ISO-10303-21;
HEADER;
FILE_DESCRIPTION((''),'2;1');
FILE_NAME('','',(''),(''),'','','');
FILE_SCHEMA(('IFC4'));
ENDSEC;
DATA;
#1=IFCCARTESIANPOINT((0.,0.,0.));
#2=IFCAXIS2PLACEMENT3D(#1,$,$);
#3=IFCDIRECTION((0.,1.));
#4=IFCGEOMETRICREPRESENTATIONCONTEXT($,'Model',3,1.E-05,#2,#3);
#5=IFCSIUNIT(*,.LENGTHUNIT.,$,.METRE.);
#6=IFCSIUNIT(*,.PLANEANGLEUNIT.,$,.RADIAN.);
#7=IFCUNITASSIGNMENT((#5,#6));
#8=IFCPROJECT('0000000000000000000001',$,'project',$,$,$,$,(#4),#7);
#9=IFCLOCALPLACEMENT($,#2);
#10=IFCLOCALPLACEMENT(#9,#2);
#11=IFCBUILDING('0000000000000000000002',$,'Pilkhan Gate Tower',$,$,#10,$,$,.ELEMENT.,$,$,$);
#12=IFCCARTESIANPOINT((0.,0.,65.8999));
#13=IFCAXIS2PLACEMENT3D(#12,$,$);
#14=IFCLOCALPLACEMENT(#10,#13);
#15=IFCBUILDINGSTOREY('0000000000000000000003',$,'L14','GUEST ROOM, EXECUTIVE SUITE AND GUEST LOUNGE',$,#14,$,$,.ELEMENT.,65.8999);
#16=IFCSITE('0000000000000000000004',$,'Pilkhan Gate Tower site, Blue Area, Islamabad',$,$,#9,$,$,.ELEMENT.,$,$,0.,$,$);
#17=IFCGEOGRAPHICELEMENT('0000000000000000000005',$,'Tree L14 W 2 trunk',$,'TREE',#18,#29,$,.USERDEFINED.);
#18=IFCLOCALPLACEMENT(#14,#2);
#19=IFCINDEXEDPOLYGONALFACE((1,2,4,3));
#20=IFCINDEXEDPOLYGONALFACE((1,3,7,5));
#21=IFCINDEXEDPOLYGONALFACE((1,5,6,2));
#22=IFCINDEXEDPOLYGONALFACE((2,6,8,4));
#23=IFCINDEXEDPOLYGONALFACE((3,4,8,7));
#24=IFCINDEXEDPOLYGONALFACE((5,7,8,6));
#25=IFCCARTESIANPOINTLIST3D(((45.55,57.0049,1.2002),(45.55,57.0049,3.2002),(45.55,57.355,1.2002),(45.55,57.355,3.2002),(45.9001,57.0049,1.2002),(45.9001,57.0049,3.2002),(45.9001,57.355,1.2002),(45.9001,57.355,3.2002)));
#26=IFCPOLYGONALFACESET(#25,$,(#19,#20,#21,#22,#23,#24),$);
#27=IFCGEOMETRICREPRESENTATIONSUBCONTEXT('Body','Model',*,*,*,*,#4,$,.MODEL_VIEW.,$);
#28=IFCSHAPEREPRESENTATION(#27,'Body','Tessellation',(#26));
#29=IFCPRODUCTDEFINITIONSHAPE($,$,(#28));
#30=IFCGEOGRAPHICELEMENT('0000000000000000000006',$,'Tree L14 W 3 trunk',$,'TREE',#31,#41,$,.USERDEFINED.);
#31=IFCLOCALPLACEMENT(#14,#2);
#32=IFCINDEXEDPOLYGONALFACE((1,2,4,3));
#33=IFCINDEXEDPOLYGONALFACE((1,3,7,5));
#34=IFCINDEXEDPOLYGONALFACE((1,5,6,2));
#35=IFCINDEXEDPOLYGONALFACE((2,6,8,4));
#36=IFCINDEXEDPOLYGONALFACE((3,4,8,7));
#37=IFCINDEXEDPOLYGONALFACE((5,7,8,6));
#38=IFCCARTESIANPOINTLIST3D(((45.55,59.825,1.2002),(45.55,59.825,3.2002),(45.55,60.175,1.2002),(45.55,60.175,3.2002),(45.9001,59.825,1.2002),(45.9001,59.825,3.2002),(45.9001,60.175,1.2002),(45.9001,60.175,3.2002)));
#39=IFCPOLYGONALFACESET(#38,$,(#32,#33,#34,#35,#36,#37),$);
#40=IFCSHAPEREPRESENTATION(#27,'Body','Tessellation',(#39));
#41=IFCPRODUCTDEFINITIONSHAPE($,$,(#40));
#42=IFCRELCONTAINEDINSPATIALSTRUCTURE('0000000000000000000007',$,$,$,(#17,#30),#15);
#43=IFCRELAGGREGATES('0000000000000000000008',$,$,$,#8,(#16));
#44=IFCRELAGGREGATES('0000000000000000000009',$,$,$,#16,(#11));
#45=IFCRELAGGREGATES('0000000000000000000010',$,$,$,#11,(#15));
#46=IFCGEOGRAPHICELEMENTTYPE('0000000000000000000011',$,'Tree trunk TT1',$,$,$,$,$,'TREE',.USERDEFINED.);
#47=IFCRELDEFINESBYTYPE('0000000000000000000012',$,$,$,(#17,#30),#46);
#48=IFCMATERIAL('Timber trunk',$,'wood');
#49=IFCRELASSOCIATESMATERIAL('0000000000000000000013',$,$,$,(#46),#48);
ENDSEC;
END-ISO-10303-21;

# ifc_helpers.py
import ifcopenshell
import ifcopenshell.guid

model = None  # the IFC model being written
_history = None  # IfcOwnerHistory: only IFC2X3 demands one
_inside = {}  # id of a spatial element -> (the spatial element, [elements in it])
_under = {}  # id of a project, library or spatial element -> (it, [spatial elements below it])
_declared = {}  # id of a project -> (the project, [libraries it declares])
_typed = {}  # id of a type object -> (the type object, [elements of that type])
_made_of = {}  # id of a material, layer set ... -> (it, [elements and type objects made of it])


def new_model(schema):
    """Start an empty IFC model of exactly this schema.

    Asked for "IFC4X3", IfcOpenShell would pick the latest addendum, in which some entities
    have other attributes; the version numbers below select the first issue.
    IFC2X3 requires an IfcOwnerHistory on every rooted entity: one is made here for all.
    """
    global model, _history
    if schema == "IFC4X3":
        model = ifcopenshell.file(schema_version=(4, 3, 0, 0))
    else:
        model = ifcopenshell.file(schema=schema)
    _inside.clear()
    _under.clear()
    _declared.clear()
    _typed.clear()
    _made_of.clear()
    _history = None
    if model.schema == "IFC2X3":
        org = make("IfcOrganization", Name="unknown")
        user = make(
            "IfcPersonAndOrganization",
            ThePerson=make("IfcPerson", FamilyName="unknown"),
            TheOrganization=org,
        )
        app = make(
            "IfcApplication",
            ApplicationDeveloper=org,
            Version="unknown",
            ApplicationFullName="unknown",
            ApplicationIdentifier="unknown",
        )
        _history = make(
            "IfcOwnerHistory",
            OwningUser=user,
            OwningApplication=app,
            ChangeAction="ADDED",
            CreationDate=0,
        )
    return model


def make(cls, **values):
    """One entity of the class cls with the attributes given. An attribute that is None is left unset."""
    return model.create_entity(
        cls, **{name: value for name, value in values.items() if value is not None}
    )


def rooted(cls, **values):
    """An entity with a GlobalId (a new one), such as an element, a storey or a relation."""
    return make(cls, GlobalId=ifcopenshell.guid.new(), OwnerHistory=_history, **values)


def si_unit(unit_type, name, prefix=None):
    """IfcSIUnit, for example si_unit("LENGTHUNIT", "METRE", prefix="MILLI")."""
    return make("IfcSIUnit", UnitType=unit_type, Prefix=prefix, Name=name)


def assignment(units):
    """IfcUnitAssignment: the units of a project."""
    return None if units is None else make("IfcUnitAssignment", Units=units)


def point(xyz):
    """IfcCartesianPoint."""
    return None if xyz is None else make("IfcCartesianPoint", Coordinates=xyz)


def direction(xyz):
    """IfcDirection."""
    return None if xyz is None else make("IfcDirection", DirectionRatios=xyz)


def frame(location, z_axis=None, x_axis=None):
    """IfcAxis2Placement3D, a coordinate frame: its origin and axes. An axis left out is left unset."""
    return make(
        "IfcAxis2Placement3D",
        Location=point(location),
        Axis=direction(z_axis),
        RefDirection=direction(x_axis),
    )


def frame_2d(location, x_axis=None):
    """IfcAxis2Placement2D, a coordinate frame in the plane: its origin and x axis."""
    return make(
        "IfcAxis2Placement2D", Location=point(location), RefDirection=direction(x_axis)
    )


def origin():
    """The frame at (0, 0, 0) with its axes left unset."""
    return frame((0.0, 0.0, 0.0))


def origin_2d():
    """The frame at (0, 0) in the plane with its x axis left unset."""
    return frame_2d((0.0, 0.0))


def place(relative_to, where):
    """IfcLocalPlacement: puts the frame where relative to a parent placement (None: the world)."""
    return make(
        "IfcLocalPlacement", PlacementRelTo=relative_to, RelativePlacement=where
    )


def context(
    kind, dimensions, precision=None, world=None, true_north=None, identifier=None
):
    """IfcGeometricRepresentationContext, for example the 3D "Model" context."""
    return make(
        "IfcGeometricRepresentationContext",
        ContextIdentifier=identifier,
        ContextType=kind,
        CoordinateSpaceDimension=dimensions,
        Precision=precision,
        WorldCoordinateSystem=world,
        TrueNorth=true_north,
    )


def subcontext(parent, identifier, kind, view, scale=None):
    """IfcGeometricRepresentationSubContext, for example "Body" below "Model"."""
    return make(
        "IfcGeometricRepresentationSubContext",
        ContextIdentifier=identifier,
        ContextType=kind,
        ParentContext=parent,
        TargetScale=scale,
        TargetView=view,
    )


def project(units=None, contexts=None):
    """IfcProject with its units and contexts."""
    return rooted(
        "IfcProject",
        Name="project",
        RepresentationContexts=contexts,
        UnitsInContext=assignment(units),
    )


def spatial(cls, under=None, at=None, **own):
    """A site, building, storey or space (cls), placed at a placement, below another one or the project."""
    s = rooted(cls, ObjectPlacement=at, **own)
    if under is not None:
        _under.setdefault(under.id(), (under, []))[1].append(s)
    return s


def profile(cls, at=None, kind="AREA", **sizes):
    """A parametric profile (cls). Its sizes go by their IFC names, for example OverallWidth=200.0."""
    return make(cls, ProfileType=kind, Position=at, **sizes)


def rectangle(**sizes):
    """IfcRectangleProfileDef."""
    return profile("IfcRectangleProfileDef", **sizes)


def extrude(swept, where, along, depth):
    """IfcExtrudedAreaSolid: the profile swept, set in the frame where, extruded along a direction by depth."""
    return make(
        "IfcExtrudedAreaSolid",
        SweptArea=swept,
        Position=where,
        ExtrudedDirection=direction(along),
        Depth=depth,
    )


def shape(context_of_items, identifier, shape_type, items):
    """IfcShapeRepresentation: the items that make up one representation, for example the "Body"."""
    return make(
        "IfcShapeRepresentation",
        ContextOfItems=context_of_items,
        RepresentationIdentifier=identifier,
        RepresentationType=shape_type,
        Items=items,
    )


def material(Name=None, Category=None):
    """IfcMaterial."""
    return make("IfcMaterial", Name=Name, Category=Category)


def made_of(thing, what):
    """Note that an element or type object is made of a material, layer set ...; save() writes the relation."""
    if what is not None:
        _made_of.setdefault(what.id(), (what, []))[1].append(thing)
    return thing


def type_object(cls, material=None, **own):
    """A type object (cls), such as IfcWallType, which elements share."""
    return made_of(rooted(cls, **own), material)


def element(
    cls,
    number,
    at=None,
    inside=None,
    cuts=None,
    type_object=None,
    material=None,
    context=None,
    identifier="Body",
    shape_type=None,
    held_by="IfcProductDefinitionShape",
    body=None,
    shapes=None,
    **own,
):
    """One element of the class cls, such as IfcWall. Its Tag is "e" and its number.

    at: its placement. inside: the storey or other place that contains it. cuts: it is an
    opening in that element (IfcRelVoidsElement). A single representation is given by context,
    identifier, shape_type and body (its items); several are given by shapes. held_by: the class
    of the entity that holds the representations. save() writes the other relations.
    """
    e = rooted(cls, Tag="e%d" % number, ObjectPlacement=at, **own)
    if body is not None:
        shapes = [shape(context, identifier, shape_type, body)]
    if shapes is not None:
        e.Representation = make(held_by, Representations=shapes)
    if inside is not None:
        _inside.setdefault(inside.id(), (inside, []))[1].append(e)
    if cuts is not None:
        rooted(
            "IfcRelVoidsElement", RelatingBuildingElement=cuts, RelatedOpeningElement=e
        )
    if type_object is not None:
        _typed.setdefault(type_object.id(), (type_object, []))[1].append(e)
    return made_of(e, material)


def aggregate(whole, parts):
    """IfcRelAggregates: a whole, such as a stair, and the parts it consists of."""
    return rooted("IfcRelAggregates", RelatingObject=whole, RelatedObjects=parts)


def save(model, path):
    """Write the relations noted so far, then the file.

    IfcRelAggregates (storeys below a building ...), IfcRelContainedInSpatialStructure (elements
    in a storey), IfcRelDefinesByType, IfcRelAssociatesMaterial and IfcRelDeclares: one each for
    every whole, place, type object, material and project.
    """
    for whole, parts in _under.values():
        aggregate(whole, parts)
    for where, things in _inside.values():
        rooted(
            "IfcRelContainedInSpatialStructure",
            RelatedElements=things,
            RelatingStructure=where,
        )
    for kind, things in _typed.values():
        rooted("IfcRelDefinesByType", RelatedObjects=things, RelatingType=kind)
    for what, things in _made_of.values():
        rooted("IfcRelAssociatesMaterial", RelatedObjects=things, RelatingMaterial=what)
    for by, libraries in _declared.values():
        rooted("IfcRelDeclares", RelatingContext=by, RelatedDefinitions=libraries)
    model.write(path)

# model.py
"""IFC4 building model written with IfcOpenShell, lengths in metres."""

from ifc_helpers import new_model, si_unit, direction, frame, origin, origin_2d, place, context, subcontext, project, spatial, rectangle, extrude, material, type_object, element, save


model = new_model("IFC4")

# Units and contexts
model_context = context("Model", 3, precision=1e-05, world=origin(), true_north=direction((0.0, 1.0)))
body_context = subcontext(model_context, "Body", "Model", "MODEL_VIEW")
ifc_project = project(units=[si_unit("LENGTHUNIT", "METRE"), si_unit("PLANEANGLEUNIT", "RADIAN")], contexts=[model_context])

# Site, building, storey
site_placement = place(None, origin())
site = spatial("IfcSite", under=ifc_project, at=site_placement, Name="Pilkhan Gate Tower site, Blue Area, Islamabad", CompositionType="ELEMENT", RefElevation=0.0)
building_placement = place(site_placement, origin())
building = spatial("IfcBuilding", under=site, at=building_placement, Name="Pilkhan Gate Tower", CompositionType="ELEMENT")
storey_placement = place(building_placement, frame((0.0, 0.0, 65.8999)))
storey = spatial("IfcBuildingStorey", under=building, at=storey_placement, Name="L14", Description="GUEST ROOM, EXECUTIVE SUITE AND GUEST LOUNGE", CompositionType="ELEMENT", Elevation=65.8999)

# Geographic elements
ifc_material_1 = material(Name="Timber trunk", Category="wood")
geographic_element_type_1 = type_object("IfcGeographicElementType", Name="Tree trunk TT1", ElementType="TREE", PredefinedType="USERDEFINED", material=ifc_material_1)
for number, where, z_axis, x_axis, name in (
    (1, (45.7251, 57.1799, 1.2002), (0.0, 0.0, 1.0), (1.0, 0.0, 0.0), "Tree L14 W 2 trunk"),
    (2, (45.7251, 60.0, 1.2002), (0.0, 0.0, 1.0), (1.0, 0.0, 0.0), "Tree L14 W 3 trunk"),
):
    element("IfcGeographicElement", number, at=place(storey_placement, frame(where, z_axis=z_axis, x_axis=x_axis)), inside=storey, type_object=geographic_element_type_1, Name=name, ObjectType="TREE", PredefinedType="USERDEFINED", context=body_context, shape_type="SweptSolid", body=[
        extrude(rectangle(XDim=0.3501, YDim=0.3501, at=origin_2d()), origin(), (0.0, 0.0, 1.0), 2.0),
    ])

save(model, "model.ifc")
